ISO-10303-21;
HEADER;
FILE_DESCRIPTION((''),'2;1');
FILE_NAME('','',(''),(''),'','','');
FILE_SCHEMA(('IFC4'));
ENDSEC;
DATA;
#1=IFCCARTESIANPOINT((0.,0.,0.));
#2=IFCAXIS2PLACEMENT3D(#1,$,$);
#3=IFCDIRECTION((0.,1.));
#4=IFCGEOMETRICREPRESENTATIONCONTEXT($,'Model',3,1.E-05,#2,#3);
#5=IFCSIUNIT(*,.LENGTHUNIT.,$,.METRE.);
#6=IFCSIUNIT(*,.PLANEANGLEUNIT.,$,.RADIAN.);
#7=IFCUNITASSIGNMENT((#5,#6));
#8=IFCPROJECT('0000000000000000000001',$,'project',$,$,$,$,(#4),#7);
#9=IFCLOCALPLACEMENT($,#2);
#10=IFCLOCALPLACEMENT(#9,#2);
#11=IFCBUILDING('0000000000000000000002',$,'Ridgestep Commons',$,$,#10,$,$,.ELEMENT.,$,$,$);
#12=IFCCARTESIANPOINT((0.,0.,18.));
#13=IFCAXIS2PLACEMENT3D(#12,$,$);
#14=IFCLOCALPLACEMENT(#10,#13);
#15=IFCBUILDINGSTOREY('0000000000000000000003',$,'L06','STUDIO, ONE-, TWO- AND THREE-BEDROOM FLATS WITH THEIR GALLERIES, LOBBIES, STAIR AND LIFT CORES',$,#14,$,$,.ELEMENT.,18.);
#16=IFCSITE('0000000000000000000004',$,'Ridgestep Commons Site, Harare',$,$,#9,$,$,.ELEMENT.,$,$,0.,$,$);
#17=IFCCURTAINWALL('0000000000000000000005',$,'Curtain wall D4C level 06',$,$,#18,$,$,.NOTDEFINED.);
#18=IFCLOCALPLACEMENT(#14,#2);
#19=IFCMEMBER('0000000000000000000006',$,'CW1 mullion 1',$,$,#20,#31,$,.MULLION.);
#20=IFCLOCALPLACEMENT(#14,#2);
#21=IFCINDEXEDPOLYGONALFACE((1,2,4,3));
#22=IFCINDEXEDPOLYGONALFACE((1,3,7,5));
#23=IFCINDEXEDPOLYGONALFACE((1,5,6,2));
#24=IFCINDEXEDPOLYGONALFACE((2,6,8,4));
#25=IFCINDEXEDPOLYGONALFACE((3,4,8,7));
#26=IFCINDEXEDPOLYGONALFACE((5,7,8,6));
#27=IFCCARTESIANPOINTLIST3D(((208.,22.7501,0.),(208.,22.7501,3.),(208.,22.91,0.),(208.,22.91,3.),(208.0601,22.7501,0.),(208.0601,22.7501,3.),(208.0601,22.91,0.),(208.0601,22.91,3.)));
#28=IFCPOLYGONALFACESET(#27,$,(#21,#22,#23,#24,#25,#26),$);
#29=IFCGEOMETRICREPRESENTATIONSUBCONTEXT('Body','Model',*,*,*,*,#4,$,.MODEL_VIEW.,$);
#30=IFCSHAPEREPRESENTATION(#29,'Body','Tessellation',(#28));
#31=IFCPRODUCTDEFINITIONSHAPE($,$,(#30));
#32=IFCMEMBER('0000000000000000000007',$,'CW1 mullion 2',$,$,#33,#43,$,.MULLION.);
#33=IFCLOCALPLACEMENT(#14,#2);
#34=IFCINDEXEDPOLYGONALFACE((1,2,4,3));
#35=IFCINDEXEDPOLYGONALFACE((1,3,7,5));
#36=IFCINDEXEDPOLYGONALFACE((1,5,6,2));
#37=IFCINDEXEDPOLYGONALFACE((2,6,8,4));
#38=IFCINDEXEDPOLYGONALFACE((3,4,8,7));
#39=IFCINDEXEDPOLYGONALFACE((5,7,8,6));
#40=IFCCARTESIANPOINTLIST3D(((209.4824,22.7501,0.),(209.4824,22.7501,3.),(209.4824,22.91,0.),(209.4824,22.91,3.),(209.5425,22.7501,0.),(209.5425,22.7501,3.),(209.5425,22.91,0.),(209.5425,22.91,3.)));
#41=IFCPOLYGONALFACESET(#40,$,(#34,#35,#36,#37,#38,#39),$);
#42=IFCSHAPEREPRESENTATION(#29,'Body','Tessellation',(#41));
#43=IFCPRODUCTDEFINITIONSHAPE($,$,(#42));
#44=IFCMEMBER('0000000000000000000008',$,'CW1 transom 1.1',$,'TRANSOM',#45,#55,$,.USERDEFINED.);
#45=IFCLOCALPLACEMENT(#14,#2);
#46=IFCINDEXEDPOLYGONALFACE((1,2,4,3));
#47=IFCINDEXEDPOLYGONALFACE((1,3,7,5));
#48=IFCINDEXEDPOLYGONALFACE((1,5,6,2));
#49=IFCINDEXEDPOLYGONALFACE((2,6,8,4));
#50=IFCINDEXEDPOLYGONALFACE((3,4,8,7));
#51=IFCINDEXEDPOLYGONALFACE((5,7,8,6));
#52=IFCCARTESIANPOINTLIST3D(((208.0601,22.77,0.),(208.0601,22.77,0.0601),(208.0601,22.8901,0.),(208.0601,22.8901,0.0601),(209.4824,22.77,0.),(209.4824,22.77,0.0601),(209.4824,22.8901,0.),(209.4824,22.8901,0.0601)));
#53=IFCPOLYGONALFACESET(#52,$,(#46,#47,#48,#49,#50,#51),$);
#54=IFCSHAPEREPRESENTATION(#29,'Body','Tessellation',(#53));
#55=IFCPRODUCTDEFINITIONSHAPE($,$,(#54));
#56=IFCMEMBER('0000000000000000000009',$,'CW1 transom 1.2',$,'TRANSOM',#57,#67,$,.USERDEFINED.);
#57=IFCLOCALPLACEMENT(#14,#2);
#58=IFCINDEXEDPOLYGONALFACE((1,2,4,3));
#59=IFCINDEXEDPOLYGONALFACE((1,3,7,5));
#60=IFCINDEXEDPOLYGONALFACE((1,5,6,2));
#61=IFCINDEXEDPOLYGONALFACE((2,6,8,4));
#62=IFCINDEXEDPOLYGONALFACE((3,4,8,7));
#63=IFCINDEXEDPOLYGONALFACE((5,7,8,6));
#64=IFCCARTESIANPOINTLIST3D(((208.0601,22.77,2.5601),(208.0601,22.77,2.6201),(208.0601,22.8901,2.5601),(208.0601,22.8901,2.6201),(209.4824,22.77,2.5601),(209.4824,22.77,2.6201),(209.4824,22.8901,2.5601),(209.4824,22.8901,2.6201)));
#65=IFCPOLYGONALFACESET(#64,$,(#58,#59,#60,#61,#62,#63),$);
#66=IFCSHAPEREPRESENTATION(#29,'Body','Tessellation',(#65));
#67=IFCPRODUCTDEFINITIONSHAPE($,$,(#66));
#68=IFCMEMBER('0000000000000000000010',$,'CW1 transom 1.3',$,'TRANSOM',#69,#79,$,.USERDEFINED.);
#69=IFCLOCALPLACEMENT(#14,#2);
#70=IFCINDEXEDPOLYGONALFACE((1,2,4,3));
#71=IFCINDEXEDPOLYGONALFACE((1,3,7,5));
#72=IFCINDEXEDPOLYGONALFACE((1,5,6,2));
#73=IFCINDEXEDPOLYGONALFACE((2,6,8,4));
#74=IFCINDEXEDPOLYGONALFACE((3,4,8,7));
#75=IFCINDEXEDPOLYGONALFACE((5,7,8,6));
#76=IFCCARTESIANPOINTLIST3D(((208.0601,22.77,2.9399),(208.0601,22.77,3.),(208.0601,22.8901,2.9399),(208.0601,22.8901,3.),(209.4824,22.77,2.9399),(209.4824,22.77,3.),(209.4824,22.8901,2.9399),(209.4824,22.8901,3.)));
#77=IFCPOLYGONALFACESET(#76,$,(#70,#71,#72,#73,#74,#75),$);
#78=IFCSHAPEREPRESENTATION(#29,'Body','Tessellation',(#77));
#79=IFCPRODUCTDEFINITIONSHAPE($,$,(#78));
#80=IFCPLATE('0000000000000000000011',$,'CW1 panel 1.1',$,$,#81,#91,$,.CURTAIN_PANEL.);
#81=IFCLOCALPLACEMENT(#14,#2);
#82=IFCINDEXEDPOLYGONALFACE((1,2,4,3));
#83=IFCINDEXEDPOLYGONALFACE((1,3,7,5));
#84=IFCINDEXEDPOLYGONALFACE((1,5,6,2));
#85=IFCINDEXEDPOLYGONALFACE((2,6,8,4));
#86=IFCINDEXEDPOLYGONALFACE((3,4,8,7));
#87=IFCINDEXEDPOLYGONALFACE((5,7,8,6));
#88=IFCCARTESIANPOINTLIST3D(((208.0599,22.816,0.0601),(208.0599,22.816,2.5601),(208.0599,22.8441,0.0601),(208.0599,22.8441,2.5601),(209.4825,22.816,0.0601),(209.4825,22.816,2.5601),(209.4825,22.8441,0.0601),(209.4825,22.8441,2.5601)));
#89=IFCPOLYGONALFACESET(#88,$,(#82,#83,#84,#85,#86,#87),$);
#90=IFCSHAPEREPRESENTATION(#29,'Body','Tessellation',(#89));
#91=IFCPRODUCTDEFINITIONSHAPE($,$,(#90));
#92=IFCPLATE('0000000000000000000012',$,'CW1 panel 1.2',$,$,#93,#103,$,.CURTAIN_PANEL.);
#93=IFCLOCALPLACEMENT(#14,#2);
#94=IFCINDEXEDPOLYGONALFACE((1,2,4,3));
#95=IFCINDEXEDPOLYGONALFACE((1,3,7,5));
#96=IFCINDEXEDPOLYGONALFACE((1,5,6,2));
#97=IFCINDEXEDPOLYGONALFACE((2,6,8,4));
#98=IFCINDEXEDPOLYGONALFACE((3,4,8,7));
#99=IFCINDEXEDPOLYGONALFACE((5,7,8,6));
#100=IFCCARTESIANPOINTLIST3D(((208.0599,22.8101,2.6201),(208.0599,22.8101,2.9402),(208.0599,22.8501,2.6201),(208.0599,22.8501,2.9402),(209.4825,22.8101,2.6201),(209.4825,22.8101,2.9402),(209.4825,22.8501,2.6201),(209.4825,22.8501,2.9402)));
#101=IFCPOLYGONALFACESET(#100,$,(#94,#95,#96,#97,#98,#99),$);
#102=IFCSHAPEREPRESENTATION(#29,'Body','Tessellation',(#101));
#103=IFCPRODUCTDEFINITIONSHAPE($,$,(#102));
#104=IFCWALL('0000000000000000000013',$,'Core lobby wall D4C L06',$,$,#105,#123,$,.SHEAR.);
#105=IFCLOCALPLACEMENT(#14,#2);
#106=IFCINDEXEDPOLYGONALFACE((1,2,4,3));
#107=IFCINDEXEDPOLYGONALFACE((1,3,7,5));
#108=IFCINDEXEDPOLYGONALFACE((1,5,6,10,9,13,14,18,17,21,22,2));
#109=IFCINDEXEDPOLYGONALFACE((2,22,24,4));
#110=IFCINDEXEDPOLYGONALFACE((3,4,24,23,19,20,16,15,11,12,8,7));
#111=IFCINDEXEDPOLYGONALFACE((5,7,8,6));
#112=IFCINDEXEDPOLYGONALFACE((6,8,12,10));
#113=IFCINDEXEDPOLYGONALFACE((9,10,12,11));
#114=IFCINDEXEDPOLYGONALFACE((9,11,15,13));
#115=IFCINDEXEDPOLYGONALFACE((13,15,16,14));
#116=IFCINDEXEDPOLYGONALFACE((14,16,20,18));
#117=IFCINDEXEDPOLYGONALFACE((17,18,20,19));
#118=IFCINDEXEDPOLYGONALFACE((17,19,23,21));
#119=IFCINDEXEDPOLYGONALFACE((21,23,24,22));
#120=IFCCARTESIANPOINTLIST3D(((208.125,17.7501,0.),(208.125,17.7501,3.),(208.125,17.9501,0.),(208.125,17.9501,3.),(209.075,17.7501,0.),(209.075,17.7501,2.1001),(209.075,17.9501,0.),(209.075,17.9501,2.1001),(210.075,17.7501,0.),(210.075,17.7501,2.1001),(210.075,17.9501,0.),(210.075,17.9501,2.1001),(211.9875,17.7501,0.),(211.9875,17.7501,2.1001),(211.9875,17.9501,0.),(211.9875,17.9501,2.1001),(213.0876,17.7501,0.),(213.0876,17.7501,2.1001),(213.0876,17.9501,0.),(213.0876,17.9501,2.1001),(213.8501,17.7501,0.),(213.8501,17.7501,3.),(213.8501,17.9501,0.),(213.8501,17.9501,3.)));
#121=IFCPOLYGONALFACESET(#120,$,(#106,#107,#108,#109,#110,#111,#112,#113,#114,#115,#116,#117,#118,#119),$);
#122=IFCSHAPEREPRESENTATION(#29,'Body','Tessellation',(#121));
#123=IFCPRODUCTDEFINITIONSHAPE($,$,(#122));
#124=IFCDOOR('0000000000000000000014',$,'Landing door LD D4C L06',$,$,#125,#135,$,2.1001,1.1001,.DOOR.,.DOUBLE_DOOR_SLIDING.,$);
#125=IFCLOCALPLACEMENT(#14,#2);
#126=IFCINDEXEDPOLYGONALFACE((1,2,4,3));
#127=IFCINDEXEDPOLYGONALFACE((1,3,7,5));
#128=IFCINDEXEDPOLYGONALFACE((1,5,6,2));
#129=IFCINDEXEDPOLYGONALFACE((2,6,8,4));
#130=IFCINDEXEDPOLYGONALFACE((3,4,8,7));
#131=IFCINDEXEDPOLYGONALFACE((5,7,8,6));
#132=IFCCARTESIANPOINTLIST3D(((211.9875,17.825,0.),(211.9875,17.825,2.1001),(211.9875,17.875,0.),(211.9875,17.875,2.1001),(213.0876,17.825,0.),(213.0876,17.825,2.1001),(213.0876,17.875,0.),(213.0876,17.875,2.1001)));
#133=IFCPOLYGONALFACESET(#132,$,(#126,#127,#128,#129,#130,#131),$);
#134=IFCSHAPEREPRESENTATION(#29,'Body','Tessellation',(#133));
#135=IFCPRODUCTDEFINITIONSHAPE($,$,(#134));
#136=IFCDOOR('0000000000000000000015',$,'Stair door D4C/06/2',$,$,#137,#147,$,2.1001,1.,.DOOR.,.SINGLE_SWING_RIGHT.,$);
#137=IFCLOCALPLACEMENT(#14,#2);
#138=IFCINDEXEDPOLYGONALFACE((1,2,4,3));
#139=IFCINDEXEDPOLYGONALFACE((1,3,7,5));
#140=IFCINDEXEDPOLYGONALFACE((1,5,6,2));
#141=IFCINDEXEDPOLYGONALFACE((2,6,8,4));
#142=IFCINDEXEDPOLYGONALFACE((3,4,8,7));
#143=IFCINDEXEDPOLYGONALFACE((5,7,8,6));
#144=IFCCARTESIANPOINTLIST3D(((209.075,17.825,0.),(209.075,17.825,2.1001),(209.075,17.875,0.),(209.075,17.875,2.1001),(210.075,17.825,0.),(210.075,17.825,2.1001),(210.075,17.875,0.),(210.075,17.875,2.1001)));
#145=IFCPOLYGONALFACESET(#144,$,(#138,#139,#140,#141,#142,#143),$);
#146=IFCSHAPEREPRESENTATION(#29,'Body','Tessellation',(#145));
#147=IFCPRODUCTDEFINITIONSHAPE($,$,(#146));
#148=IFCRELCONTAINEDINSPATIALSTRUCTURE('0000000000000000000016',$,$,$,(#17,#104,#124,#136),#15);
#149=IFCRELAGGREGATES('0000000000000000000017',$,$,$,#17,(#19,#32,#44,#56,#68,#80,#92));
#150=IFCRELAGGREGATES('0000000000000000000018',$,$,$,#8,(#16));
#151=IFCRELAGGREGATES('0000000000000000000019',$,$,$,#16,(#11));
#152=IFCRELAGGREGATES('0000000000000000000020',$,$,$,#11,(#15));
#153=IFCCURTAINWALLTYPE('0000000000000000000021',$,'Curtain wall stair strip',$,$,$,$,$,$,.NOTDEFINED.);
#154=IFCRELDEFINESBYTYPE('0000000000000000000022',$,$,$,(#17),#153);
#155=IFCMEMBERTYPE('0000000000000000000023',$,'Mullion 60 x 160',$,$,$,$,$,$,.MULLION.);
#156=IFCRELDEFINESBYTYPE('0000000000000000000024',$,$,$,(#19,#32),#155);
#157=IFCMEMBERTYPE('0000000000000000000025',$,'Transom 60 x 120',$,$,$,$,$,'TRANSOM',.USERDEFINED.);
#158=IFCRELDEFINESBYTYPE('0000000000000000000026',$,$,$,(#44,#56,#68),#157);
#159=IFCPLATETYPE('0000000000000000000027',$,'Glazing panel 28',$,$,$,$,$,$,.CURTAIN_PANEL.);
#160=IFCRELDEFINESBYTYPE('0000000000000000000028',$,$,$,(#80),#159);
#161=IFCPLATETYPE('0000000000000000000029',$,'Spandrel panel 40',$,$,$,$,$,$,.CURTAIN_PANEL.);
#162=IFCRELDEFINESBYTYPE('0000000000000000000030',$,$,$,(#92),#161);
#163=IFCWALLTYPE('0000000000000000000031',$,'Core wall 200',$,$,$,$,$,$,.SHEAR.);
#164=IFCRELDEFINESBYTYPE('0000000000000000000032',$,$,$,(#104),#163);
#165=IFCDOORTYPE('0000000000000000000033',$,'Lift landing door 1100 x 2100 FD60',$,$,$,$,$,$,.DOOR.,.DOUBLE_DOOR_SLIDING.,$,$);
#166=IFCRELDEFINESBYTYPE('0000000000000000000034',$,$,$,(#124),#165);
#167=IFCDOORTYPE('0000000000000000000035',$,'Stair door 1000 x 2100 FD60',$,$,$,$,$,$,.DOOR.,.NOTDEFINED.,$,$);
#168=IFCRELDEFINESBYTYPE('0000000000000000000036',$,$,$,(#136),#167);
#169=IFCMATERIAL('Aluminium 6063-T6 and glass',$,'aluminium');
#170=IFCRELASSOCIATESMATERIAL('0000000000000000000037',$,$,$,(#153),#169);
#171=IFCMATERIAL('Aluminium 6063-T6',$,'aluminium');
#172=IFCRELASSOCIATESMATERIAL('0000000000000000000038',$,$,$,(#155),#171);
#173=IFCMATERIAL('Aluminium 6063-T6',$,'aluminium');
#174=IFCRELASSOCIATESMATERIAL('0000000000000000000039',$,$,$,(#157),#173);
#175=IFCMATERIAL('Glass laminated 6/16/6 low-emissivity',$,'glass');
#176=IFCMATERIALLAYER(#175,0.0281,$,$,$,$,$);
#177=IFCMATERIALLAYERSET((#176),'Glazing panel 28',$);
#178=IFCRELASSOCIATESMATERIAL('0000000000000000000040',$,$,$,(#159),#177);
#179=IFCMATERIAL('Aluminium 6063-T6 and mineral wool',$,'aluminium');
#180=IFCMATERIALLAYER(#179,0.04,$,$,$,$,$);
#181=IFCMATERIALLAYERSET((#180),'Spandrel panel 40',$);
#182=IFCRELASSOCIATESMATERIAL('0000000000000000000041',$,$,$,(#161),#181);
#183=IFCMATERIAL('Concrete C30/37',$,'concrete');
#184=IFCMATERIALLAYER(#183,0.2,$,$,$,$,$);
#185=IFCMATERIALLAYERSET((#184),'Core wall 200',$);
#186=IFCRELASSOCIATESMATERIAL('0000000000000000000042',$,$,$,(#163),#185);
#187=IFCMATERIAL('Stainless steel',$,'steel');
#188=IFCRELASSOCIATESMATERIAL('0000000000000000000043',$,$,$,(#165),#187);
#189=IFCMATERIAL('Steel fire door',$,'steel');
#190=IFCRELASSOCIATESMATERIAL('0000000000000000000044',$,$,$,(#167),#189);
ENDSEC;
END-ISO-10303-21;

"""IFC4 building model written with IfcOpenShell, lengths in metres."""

from ifc_helpers import new_model, si_unit, direction, frame, frame_2d, origin, origin_2d, place, context, subcontext, project, spatial, rectangle, extrude, material, layer, layer_set, material_profile, profile_set, type_object, element, fill, aggregate, save


model = new_model("IFC4")

# Units and contexts
model_context = context("Model", 3, precision=1e-05, world=origin(), true_north=direction((0.0, 1.0)))
body_context = subcontext(model_context, "Body", "Model", "MODEL_VIEW")
ifc_project = project(units=[si_unit("LENGTHUNIT", "METRE"), si_unit("PLANEANGLEUNIT", "RADIAN")], contexts=[model_context])

# Site, building, storey
site_placement = place(None, origin())
site = spatial("IfcSite", under=ifc_project, at=site_placement, Name="Ridgestep Commons Site, Harare", CompositionType="ELEMENT", RefElevation=0.0)
building_placement = place(site_placement, origin())
building = spatial("IfcBuilding", under=site, at=building_placement, Name="Ridgestep Commons", CompositionType="ELEMENT")
storey_placement = place(building_placement, frame((0.0, 0.0, 18.0)))
storey = spatial("IfcBuildingStorey", under=building, at=storey_placement, Name="L06", Description="STUDIO, ONE-, TWO- AND THREE-BEDROOM FLATS WITH THEIR GALLERIES, LOBBIES, STAIR AND LIFT CORES", CompositionType="ELEMENT", Elevation=18.0)

# Curtain wall, members, plates
ifc_material_1 = material(Name="Aluminium 6063-T6 and glass", Category="aluminium")
curtain_wall_type = type_object("IfcCurtainWallType", Name="Curtain wall stair strip", PredefinedType="NOTDEFINED", material=ifc_material_1)
curtain_wall_placement = place(storey_placement, origin())
curtain_wall = element("IfcCurtainWall", 1, at=curtain_wall_placement, inside=storey, type_object=curtain_wall_type, Name="Curtain wall D4C level 06", PredefinedType="NOTDEFINED")
ifc_material_2 = material(Name="Aluminium 6063-T6", Category="aluminium")
ifc_material_profile_1 = material_profile(ifc_material_2, rectangle(XDim=0.1599, YDim=0.0601, at=origin_2d()), Name="Mullion 60 x 160")
ifc_profile_set_1 = profile_set([ifc_material_profile_1], Name="Aluminium 6063-T6")
member_type_1 = type_object("IfcMemberType", Name="Mullion 60 x 160", PredefinedType="MULLION", material=ifc_profile_set_1)
member_1_placement = place(storey_placement, frame((208.03, 22.8301, 0.0), z_axis=(0.0, 0.0, 1.0), x_axis=(0.0, 1.0, 0.0)))
member_1 = element("IfcMember", 2, at=member_1_placement, type_object=member_type_1, Name="CW1 mullion 1", PredefinedType="MULLION", context=body_context, shape_type="SweptSolid", body=[
    extrude(rectangle(XDim=0.1599, YDim=0.0601, at=origin_2d()), origin(), (0.0, 0.0, 1.0), 3.0),
])
member_2_placement = place(storey_placement, frame((209.5125, 22.8301, 0.0), z_axis=(0.0, 0.0, 1.0), x_axis=(0.0, 1.0, 0.0)))
member_2 = element("IfcMember", 3, at=member_2_placement, type_object=member_type_1, Name="CW1 mullion 2", PredefinedType="MULLION", context=body_context, shape_type="SweptSolid", body=[
    extrude(rectangle(XDim=0.1599, YDim=0.0601, at=origin_2d()), origin(), (0.0, 0.0, 1.0), 3.0),
])
ifc_material_3 = material(Name="Aluminium 6063-T6", Category="aluminium")
ifc_material_profile_2 = material_profile(ifc_material_3, rectangle(XDim=0.1201, YDim=0.0601, at=origin_2d()), Name="Transom 60 x 120")
ifc_profile_set_2 = profile_set([ifc_material_profile_2], Name="Aluminium 6063-T6")
member_type_2 = type_object("IfcMemberType", Name="Transom 60 x 120", ElementType="TRANSOM", PredefinedType="USERDEFINED", material=ifc_profile_set_2)
member_3_placement = place(storey_placement, frame((208.0601, 22.8301, 0.03), z_axis=(1.0, 0.0, 0.0), x_axis=(0.0, 1.0, 0.0)))
member_3 = element("IfcMember", 4, at=member_3_placement, type_object=member_type_2, Name="CW1 transom 1.1", ObjectType="TRANSOM", PredefinedType="USERDEFINED", context=body_context, shape_type="SweptSolid", body=[
    extrude(rectangle(XDim=0.1201, YDim=0.0601, at=origin_2d()), origin(), (0.0, 0.0, 1.0), 1.4224),
])
member_4_placement = place(storey_placement, frame((208.0601, 22.8301, 2.5901), z_axis=(1.0, 0.0, 0.0), x_axis=(0.0, 1.0, 0.0)))
member_4 = element("IfcMember", 5, at=member_4_placement, type_object=member_type_2, Name="CW1 transom 1.2", ObjectType="TRANSOM", PredefinedType="USERDEFINED", context=body_context, shape_type="SweptSolid", body=[
    extrude(rectangle(XDim=0.1201, YDim=0.0601, at=origin_2d()), origin(), (0.0, 0.0, 1.0), 1.4224),
])
member_5_placement = place(storey_placement, frame((208.0601, 22.8301, 2.97), z_axis=(1.0, 0.0, 0.0), x_axis=(0.0, 1.0, 0.0)))
member_5 = element("IfcMember", 6, at=member_5_placement, type_object=member_type_2, Name="CW1 transom 1.3", ObjectType="TRANSOM", PredefinedType="USERDEFINED", context=body_context, shape_type="SweptSolid", body=[
    extrude(rectangle(XDim=0.1201, YDim=0.0601, at=origin_2d()), origin(), (0.0, 0.0, 1.0), 1.4224),
])
ifc_material_4 = material(Name="Glass laminated 6/16/6 low-emissivity", Category="glass")
ifc_layer_1 = layer(ifc_material_4, 0.0281)
ifc_layer_set_1 = layer_set([ifc_layer_1], Name="Glazing panel 28")
plate_type_1 = type_object("IfcPlateType", Name="Glazing panel 28", PredefinedType="CURTAIN_PANEL", material=ifc_layer_set_1)
plate_1_placement = place(storey_placement, frame((208.7712, 22.8301, 0.0601), z_axis=(0.0, 0.0, 1.0), x_axis=(1.0, 0.0, 0.0)))
plate_1 = element("IfcPlate", 7, at=plate_1_placement, type_object=plate_type_1, Name="CW1 panel 1.1", PredefinedType="CURTAIN_PANEL", context=body_context, shape_type="SweptSolid", body=[
    extrude(rectangle(XDim=1.4226, YDim=0.0281, at=origin_2d()), origin(), (0.0, 0.0, 1.0), 2.5),
])
ifc_material_5 = material(Name="Aluminium 6063-T6 and mineral wool", Category="aluminium")
ifc_layer_2 = layer(ifc_material_5, 0.04)
ifc_layer_set_2 = layer_set([ifc_layer_2], Name="Spandrel panel 40")
plate_type_2 = type_object("IfcPlateType", Name="Spandrel panel 40", PredefinedType="CURTAIN_PANEL", material=ifc_layer_set_2)
plate_2_placement = place(storey_placement, frame((208.7712, 22.8301, 2.6201), z_axis=(0.0, 0.0, 1.0), x_axis=(1.0, 0.0, 0.0)))
plate_2 = element("IfcPlate", 8, at=plate_2_placement, type_object=plate_type_2, Name="CW1 panel 1.2", PredefinedType="CURTAIN_PANEL", context=body_context, shape_type="SweptSolid", body=[
    extrude(rectangle(XDim=1.4226, YDim=0.04, at=origin_2d()), origin(), (0.0, 0.0, 1.0), 0.3201),
])
aggregate(curtain_wall, [member_1, member_2, member_3, member_4, member_5, plate_1, plate_2])

# Wall, openings, doors
ifc_material_6 = material(Name="Concrete C30/37", Category="concrete")
ifc_layer_3 = layer(ifc_material_6, 0.2)
ifc_layer_set_3 = layer_set([ifc_layer_3], Name="Core wall 200")
wall_type_1 = type_object("IfcWallType", Name="Core wall 200", PredefinedType="SHEAR", material=ifc_layer_set_3)
wall_1_placement = place(storey_placement, frame((208.125, 17.8501, 0.0), z_axis=(0.0, 0.0, 1.0), x_axis=(1.0, 0.0, 0.0)))
wall_1 = element("IfcWall", 9, at=wall_1_placement, inside=storey, type_object=wall_type_1, Name="Core lobby wall D4C L06", PredefinedType="SHEAR", context=body_context, shape_type="SweptSolid", body=[
    extrude(rectangle(XDim=5.7251, YDim=0.2, at=frame_2d((2.8625, 0.0))), origin(), (0.0, 0.0, 1.0), 3.0),
])
opening_1_placement = place(wall_1_placement, frame((0.95, 0.0, 0.0)))
opening_1 = element("IfcOpeningElement", 10, at=opening_1_placement, cuts=wall_1, PredefinedType="OPENING", context=body_context, shape_type="SweptSolid", body=[
    extrude(rectangle(XDim=1.0, YDim=2.1001, at=frame_2d((0.5, 1.05))), frame((0.0, 0.1099, 0.0), z_axis=(0.0, -1.0, 0.0), x_axis=(1.0, 0.0, 0.0)), (0.0, 0.0, 1.0), 0.22),
])
opening_2_placement = place(wall_1_placement, frame((3.8625, 0.0, 0.0)))
opening_2 = element("IfcOpeningElement", 11, at=opening_2_placement, cuts=wall_1, PredefinedType="OPENING", context=body_context, shape_type="SweptSolid", body=[
    extrude(rectangle(XDim=1.1001, YDim=2.1001, at=frame_2d((0.55, 1.05))), frame((0.0, 0.1099, 0.0), z_axis=(0.0, -1.0, 0.0), x_axis=(1.0, 0.0, 0.0)), (0.0, 0.0, 1.0), 0.22),
])
ifc_material_7 = material(Name="Stainless steel", Category="steel")
door_type_1 = type_object("IfcDoorType", Name="Lift landing door 1100 x 2100 FD60", OperationType="DOUBLE_DOOR_SLIDING", PredefinedType="DOOR", material=ifc_material_7)
door_1_placement = place(opening_2_placement, origin())
door_1 = element("IfcDoor", 12, at=door_1_placement, inside=storey, type_object=door_type_1, Name="Landing door LD D4C L06", OperationType="DOUBLE_DOOR_SLIDING", OverallHeight=2.1001, OverallWidth=1.1001, PredefinedType="DOOR", context=body_context, shape_type="SweptSolid", body=[
    extrude(rectangle(XDim=1.1001, YDim=2.1001, at=frame_2d((0.55, 1.05))), frame((0.0, 0.0249, 0.0), z_axis=(0.0, -1.0, 0.0), x_axis=(1.0, 0.0, 0.0)), (0.0, 0.0, 1.0), 0.05),
])
fill(opening_2, door_1)
ifc_material_8 = material(Name="Steel fire door", Category="steel")
door_type_2 = type_object("IfcDoorType", Name="Stair door 1000 x 2100 FD60", OperationType="NOTDEFINED", PredefinedType="DOOR", material=ifc_material_8)
door_2_placement = place(opening_1_placement, origin())
door_2 = element("IfcDoor", 13, at=door_2_placement, inside=storey, type_object=door_type_2, Name="Stair door D4C/06/2", OperationType="SINGLE_SWING_RIGHT", OverallHeight=2.1001, OverallWidth=1.0, PredefinedType="DOOR", context=body_context, shape_type="SweptSolid", body=[
    extrude(rectangle(XDim=1.0, YDim=2.1001, at=frame_2d((0.5, 1.05))), frame((0.0, 0.0249, 0.0), z_axis=(0.0, -1.0, 0.0), x_axis=(1.0, 0.0, 0.0)), (0.0, 0.0, 1.0), 0.05),
])
fill(opening_1, door_2)

save(model, "model.ifc")
